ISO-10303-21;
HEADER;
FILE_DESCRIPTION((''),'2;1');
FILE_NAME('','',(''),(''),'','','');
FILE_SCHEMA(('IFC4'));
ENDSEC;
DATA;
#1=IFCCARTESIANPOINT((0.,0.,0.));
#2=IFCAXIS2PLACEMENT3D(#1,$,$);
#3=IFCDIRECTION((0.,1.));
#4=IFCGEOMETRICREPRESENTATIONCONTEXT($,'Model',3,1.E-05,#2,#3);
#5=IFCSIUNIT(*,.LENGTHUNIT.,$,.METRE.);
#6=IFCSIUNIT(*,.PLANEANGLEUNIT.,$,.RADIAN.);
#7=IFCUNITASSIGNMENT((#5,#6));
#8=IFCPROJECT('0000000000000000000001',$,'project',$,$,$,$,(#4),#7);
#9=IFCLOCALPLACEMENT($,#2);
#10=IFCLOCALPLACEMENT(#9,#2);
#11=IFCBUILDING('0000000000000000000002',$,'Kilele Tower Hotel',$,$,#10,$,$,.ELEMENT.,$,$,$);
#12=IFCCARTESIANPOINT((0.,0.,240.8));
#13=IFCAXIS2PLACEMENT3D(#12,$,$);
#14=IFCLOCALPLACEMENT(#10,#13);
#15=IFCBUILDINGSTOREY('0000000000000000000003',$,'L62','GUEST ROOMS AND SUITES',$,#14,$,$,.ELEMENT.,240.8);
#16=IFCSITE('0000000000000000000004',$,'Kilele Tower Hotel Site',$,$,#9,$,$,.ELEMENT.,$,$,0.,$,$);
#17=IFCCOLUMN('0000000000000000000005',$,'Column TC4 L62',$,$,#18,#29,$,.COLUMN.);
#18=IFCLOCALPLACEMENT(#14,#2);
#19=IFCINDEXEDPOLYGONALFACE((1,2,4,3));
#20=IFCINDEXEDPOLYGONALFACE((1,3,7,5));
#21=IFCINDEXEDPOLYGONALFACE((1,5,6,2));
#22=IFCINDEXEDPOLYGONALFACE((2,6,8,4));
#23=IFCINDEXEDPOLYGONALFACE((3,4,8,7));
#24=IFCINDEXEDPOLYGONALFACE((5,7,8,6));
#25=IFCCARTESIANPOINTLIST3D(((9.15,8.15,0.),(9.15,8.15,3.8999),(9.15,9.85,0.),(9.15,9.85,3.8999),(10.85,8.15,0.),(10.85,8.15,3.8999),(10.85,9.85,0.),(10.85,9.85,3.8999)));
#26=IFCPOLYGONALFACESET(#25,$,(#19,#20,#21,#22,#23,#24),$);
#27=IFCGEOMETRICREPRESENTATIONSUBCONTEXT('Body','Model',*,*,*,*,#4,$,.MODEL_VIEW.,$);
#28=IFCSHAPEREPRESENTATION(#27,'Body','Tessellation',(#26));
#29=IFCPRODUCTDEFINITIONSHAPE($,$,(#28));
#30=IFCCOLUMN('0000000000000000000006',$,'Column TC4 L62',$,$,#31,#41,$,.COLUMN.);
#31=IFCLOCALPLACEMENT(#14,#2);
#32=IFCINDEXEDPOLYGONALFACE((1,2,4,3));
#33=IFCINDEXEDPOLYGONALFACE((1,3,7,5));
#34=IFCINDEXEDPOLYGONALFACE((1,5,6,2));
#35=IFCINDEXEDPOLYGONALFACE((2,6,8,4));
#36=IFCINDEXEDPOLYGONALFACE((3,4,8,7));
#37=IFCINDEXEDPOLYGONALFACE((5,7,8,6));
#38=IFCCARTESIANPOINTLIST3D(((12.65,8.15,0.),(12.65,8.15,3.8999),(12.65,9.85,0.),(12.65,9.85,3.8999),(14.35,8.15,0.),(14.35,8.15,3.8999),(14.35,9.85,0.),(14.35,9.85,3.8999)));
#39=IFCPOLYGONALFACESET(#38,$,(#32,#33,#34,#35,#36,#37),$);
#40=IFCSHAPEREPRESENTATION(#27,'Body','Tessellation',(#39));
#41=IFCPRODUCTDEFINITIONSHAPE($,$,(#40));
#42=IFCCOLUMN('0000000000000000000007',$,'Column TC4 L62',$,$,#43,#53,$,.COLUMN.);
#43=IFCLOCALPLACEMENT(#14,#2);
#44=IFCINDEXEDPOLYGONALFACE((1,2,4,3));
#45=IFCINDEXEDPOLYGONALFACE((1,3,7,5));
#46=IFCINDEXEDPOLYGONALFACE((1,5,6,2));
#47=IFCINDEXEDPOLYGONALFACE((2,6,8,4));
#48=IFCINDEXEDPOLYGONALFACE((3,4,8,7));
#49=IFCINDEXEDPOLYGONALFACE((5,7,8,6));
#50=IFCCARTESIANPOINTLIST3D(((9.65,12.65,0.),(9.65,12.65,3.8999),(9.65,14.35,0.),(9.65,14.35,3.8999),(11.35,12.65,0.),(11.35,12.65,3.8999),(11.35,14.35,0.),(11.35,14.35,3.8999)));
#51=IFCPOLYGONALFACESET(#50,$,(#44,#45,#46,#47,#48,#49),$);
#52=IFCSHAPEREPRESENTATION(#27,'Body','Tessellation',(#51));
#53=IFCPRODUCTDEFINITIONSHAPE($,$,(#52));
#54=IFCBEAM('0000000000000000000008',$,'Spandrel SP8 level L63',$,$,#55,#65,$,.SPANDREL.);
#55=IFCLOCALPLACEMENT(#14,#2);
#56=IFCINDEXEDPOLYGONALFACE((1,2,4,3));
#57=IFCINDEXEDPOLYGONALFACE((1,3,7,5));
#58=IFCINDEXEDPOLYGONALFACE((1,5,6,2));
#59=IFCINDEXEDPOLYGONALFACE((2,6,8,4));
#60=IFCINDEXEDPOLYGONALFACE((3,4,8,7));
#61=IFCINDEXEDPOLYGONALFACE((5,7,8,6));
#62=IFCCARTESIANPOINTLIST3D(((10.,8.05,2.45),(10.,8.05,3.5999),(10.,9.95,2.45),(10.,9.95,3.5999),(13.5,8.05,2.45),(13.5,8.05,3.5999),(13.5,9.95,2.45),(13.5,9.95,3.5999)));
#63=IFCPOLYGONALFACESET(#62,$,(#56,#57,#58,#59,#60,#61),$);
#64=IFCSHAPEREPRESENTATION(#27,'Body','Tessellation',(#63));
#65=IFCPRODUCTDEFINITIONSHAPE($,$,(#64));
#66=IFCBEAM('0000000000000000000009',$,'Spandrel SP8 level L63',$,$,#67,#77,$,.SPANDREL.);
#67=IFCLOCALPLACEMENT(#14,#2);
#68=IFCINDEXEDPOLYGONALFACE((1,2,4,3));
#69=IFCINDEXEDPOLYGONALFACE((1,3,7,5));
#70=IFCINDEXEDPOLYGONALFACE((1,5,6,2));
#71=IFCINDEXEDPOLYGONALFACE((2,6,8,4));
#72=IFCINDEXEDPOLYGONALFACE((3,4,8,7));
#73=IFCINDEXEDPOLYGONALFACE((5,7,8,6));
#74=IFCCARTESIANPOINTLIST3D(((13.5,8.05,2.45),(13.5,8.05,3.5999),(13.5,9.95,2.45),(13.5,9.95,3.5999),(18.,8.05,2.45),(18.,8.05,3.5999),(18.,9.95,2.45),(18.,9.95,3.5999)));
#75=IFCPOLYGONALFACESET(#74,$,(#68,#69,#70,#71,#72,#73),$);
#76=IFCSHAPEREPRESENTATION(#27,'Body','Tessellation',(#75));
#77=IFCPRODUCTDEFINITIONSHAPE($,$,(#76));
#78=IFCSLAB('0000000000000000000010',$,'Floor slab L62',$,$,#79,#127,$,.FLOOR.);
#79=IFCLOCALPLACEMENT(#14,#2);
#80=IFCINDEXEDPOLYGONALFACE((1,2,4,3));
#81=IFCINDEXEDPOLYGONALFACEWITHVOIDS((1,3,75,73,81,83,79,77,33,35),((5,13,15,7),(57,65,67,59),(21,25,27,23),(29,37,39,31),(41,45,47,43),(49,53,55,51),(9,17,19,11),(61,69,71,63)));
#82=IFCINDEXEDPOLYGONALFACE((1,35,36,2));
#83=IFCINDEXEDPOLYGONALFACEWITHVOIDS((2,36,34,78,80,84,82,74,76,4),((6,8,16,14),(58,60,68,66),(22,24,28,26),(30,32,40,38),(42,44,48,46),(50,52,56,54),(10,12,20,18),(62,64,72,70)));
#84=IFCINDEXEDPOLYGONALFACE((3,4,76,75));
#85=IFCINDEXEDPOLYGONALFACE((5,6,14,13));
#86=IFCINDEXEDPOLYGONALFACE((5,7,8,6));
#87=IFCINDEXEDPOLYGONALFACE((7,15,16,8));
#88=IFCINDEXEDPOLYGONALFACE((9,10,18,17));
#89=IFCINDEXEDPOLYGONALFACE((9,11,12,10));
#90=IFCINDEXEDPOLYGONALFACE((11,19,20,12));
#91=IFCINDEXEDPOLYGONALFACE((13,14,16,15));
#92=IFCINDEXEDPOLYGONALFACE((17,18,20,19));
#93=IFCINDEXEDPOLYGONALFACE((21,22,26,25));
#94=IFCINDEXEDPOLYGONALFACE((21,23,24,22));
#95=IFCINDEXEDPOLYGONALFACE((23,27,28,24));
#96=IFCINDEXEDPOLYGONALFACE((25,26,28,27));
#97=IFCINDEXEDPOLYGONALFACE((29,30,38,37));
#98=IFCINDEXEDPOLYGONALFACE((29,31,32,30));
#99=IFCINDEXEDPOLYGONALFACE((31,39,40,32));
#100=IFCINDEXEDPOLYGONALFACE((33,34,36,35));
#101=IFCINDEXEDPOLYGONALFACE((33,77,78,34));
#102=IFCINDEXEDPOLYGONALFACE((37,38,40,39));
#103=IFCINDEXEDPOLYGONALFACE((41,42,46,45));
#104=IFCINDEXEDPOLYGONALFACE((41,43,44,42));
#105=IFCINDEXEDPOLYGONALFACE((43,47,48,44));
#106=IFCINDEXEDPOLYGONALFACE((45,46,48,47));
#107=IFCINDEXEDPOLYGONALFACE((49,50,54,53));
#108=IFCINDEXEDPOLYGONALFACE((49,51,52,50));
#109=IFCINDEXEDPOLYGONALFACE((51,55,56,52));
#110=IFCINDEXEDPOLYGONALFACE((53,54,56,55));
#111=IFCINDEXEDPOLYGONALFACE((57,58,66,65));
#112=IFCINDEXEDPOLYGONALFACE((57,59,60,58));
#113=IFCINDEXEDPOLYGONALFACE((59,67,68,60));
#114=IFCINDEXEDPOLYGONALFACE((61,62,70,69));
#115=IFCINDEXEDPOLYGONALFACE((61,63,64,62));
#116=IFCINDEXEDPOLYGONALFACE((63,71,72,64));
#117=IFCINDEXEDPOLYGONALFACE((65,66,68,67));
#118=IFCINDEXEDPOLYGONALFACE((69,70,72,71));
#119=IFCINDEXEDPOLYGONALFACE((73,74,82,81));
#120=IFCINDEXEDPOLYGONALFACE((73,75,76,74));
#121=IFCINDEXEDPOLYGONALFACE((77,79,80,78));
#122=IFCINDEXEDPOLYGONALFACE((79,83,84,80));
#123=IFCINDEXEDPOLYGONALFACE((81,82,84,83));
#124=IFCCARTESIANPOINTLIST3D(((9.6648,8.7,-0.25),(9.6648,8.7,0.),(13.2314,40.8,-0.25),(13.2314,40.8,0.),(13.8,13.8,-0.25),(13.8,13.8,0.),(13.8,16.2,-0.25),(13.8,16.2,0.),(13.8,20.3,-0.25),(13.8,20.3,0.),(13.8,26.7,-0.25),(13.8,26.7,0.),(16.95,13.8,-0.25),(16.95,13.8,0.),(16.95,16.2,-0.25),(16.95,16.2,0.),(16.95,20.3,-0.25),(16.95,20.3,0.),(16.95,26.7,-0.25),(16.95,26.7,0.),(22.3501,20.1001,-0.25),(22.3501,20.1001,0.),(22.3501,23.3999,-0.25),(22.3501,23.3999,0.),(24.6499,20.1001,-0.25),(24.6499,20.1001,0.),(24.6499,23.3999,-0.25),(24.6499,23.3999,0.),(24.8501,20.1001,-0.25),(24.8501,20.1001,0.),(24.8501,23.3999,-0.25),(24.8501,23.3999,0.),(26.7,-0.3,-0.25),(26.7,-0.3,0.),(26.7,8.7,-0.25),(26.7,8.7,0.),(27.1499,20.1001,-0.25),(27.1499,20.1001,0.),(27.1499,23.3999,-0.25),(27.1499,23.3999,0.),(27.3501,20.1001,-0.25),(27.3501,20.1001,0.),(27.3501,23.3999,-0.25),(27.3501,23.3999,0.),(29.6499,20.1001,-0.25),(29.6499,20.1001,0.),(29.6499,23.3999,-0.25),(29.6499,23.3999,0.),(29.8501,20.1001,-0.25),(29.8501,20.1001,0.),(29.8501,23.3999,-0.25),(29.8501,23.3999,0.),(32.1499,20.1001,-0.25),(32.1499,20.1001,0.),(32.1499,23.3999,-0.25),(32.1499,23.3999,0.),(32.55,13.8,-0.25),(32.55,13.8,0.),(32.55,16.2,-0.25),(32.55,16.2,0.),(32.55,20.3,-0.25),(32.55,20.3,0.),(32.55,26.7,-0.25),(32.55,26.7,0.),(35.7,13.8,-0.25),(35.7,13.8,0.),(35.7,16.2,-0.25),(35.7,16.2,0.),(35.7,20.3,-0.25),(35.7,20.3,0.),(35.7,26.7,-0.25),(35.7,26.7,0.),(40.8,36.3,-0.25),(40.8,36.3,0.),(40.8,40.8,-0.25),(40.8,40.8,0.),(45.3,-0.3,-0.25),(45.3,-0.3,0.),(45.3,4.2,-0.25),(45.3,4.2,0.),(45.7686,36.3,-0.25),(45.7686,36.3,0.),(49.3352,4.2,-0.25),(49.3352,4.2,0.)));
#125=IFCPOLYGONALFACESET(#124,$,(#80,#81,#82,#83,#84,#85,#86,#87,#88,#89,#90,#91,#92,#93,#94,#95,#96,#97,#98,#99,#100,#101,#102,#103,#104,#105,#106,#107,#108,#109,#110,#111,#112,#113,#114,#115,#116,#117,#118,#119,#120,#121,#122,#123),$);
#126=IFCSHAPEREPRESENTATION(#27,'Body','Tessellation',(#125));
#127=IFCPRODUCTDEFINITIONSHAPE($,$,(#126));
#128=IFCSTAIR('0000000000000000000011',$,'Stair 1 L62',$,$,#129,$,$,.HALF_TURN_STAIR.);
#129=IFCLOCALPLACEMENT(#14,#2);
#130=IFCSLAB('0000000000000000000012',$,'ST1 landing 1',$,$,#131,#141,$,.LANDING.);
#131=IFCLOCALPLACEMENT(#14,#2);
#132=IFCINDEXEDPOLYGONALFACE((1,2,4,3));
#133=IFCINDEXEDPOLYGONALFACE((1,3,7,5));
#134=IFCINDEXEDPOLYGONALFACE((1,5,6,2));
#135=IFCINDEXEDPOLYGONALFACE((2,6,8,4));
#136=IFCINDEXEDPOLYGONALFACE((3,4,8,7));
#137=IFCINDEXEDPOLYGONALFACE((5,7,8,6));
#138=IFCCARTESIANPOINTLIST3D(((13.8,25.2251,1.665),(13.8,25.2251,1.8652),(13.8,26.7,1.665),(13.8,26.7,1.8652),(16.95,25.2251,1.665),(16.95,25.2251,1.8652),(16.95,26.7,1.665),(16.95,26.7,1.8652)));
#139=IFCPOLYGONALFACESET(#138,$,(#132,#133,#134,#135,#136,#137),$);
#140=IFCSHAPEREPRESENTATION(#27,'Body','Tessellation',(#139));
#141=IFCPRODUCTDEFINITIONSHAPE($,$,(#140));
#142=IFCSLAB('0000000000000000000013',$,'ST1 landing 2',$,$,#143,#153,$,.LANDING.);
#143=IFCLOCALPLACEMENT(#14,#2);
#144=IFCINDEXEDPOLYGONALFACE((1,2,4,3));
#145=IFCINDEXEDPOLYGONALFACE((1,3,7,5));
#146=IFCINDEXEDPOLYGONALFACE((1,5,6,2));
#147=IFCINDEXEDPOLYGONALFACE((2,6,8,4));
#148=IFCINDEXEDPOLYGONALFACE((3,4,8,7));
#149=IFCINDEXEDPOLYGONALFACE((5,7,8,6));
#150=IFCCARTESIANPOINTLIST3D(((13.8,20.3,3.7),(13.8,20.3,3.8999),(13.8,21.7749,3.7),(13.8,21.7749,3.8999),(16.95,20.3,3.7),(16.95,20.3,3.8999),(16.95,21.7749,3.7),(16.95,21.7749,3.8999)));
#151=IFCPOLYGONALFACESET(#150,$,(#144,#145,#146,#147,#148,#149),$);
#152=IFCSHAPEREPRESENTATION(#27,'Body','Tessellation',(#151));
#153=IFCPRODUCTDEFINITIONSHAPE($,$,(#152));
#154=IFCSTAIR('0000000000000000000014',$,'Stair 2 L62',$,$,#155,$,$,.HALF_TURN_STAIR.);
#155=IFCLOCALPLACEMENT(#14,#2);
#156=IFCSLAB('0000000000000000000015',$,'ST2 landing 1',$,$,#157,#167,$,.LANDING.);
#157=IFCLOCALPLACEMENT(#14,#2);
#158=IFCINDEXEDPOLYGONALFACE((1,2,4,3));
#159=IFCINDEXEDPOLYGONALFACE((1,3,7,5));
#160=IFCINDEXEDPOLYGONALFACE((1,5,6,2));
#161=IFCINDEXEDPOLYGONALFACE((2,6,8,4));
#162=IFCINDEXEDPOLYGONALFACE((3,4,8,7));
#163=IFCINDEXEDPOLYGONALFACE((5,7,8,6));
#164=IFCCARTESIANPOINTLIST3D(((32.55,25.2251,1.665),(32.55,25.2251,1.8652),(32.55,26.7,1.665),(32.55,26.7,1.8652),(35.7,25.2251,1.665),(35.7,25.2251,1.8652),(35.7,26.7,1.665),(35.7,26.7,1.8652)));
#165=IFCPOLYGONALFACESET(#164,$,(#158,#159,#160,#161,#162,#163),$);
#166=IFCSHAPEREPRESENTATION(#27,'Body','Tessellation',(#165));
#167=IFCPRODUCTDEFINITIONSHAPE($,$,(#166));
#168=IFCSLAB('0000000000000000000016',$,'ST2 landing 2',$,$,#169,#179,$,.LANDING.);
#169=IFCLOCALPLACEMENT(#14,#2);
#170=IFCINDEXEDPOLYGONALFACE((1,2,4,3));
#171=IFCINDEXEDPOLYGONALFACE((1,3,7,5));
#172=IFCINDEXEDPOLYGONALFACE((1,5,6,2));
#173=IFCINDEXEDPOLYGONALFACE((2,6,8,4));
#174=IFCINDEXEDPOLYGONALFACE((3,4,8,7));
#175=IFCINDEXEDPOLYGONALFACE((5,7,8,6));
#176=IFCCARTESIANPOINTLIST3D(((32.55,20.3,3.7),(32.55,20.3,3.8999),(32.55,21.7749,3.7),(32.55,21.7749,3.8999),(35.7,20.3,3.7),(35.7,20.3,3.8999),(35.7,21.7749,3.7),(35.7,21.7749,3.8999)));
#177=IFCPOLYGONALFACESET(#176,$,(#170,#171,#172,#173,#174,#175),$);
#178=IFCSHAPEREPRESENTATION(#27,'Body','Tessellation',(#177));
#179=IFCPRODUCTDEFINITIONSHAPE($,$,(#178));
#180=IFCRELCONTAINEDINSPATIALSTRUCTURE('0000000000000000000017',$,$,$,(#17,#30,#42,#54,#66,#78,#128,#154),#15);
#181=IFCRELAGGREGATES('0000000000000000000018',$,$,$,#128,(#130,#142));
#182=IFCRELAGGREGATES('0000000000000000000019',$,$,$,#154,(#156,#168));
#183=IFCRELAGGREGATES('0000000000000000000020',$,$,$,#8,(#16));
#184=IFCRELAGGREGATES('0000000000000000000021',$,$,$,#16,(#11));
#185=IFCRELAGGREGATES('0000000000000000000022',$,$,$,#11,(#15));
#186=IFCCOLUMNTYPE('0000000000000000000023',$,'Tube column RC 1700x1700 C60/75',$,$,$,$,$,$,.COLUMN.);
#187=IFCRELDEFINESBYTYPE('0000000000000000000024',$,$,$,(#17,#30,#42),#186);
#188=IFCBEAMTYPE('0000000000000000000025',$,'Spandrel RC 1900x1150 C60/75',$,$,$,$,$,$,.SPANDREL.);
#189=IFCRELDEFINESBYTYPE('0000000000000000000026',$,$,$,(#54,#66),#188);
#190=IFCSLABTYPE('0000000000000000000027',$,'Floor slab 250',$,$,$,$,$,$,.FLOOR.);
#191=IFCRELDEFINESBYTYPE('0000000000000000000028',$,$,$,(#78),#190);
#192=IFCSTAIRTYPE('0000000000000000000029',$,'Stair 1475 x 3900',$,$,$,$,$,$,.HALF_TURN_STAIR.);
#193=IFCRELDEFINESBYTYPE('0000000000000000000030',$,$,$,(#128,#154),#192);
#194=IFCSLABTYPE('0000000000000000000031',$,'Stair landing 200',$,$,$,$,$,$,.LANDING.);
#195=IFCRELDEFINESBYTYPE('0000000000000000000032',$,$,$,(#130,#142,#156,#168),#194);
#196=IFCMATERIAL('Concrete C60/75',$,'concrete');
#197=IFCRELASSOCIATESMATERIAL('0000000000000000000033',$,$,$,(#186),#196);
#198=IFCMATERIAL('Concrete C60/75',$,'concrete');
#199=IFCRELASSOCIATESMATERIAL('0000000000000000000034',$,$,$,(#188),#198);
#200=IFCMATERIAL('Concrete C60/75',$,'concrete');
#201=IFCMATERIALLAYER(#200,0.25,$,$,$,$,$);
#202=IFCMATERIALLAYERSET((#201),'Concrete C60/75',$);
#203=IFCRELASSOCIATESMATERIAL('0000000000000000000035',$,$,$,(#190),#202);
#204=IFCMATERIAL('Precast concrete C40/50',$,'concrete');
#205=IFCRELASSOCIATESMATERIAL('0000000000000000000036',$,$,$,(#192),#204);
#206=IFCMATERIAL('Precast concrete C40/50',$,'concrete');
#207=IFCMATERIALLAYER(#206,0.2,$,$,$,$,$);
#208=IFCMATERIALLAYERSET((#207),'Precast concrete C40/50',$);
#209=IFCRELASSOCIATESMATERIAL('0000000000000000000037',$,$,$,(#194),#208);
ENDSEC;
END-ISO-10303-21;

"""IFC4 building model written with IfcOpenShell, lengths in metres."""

from ifc_helpers import new_model, si_unit, direction, frame, origin, origin_2d, place, context, subcontext, project, spatial, polyline, rectangle, outline, extrude, material, layer, layer_set, material_profile, profile_set, type_object, element, aggregate, save


model = new_model("IFC4")

# Units and contexts
model_context = context("Model", 3, precision=1e-05, world=origin(), true_north=direction((0.0, 1.0)))
body_context = subcontext(model_context, "Body", "Model", "MODEL_VIEW")
ifc_project = project(units=[si_unit("LENGTHUNIT", "METRE"), si_unit("PLANEANGLEUNIT", "RADIAN")], contexts=[model_context])

# Site, building, storey
site_placement = place(None, origin())
site = spatial("IfcSite", under=ifc_project, at=site_placement, Name="Kilele Tower Hotel Site", CompositionType="ELEMENT", RefElevation=0.0)
building_placement = place(site_placement, origin())
building = spatial("IfcBuilding", under=site, at=building_placement, Name="Kilele Tower Hotel", CompositionType="ELEMENT")
storey_placement = place(building_placement, frame((0.0, 0.0, 240.8)))
storey = spatial("IfcBuildingStorey", under=building, at=storey_placement, Name="L62", Description="GUEST ROOMS AND SUITES", CompositionType="ELEMENT", Elevation=240.8)

# Columns
ifc_material_1 = material(Name="Concrete C60/75", Category="concrete")
ifc_material_profile_1 = material_profile(ifc_material_1, rectangle(XDim=1.7, YDim=1.7, at=origin_2d()))
ifc_profile_set_1 = profile_set([ifc_material_profile_1], Name="Concrete C60/75")
column_type = type_object("IfcColumnType", Name="Tube column RC 1700x1700 C60/75", PredefinedType="COLUMN", material=ifc_profile_set_1)
for number, where, z_axis, x_axis, name in (
    (1, (10.0, 9.0, 0.0), (0.0, 0.0, 1.0), (1.0, 0.0, 0.0), "Column TC4 L62"),
    (2, (13.5, 9.0, 0.0), (0.0, 0.0, 1.0), (1.0, 0.0, 0.0), "Column TC4 L62"),
    (3, (10.5, 13.5, 0.0), (0.0, 0.0, 1.0), (1.0, 0.0, 0.0), "Column TC4 L62"),
):
    element("IfcColumn", number, at=place(storey_placement, frame(where, z_axis=z_axis, x_axis=x_axis)), inside=storey, type_object=column_type, Name=name, PredefinedType="COLUMN", context=body_context, shape_type="SweptSolid", body=[
        extrude(rectangle(XDim=1.7, YDim=1.7, at=origin_2d()), origin(), (0.0, 0.0, 1.0), 3.8999),
    ])

# Beams
ifc_material_2 = material(Name="Concrete C60/75", Category="concrete")
ifc_material_profile_2 = material_profile(ifc_material_2, rectangle(XDim=1.8999, YDim=1.1499, at=origin_2d()))
ifc_profile_set_2 = profile_set([ifc_material_profile_2], Name="Concrete C60/75")
beam_type = type_object("IfcBeamType", Name="Spandrel RC 1900x1150 C60/75", PredefinedType="SPANDREL", material=ifc_profile_set_2)
beam_1_placement = place(storey_placement, frame((10.0, 9.0, 3.0249), z_axis=(1.0, 0.0, 0.0), x_axis=(0.0, 1.0, 0.0)))
element("IfcBeam", 4, at=beam_1_placement, inside=storey, type_object=beam_type, Name="Spandrel SP8 level L63", PredefinedType="SPANDREL", context=body_context, shape_type="SweptSolid", body=[
    extrude(rectangle(XDim=1.8999, YDim=1.1499, at=origin_2d()), origin(), (0.0, 0.0, 1.0), 3.5),
])
beam_2_placement = place(storey_placement, frame((13.5, 9.0, 3.0249), z_axis=(1.0, 0.0, 0.0), x_axis=(0.0, 1.0, 0.0)))
element("IfcBeam", 5, at=beam_2_placement, inside=storey, type_object=beam_type, Name="Spandrel SP8 level L63", PredefinedType="SPANDREL", context=body_context, shape_type="SweptSolid", body=[
    extrude(rectangle(XDim=1.8999, YDim=1.1499, at=origin_2d()), origin(), (0.0, 0.0, 1.0), 4.5),
])

# Slab
ifc_material_3 = material(Name="Concrete C60/75", Category="concrete")
ifc_layer_1 = layer(ifc_material_3, 0.25)
ifc_layer_set_1 = layer_set([ifc_layer_1], Name="Concrete C60/75")
slab_type_1 = type_object("IfcSlabType", Name="Floor slab 250", PredefinedType="FLOOR", material=ifc_layer_set_1)
slab_1_placement = place(storey_placement, frame((0.0, 0.0, -0.25)))
element("IfcSlab", 6, at=slab_1_placement, inside=storey, type_object=slab_type_1, Name="Floor slab L62", PredefinedType="FLOOR", context=body_context, shape_type="SweptSolid", body=[
    extrude(outline(polyline([(40.8, 40.8), (40.8, 36.3), (45.7686, 36.3), (49.3352, 4.2), (45.3, 4.2), (45.3, -0.3), (26.7, -0.3), (26.7, 8.7), (9.6648, 8.7), (13.2314, 40.8), (40.8, 40.8)]), holes=[polyline([(16.95, 16.2), (13.8, 16.2), (13.8, 13.8), (16.95, 13.8), (16.95, 16.2)]), polyline([(35.7, 16.2), (32.55, 16.2), (32.55, 13.8), (35.7, 13.8), (35.7, 16.2)]), polyline([(24.6499, 23.3999), (22.3501, 23.3999), (22.3501, 20.1001), (24.6499, 20.1001), (24.6499, 23.3999)]), polyline([(27.1499, 23.3999), (24.8501, 23.3999), (24.8501, 20.1001), (27.1499, 20.1001), (27.1499, 23.3999)]), polyline([(29.6499, 23.3999), (27.3501, 23.3999), (27.3501, 20.1001), (29.6499, 20.1001), (29.6499, 23.3999)]), polyline([(32.1499, 23.3999), (29.8501, 23.3999), (29.8501, 20.1001), (32.1499, 20.1001), (32.1499, 23.3999)]), polyline([(16.95, 26.7), (13.8, 26.7), (13.8, 20.3), (16.95, 20.3), (16.95, 26.7)]), polyline([(35.7, 26.7), (32.55, 26.7), (32.55, 20.3), (35.7, 20.3), (35.7, 26.7)])]), origin(), (0.0, 0.0, 1.0), 0.25),
])

# Stairs, slabs
ifc_material_4 = material(Name="Precast concrete C40/50", Category="concrete")
stair_type = type_object("IfcStairType", Name="Stair 1475 x 3900", PredefinedType="HALF_TURN_STAIR", material=ifc_material_4)
stair_1_placement = place(storey_placement, origin())
stair_1 = element("IfcStair", 7, at=stair_1_placement, inside=storey, type_object=stair_type, Name="Stair 1 L62", PredefinedType="HALF_TURN_STAIR")
ifc_material_5 = material(Name="Precast concrete C40/50", Category="concrete")
ifc_layer_2 = layer(ifc_material_5, 0.2)
ifc_layer_set_2 = layer_set([ifc_layer_2], Name="Precast concrete C40/50")
slab_type_2 = type_object("IfcSlabType", Name="Stair landing 200", PredefinedType="LANDING", material=ifc_layer_set_2)
slab_2_placement = place(storey_placement, frame((0.0, 0.0, 1.665)))
slab_2 = element("IfcSlab", 8, at=slab_2_placement, type_object=slab_type_2, Name="ST1 landing 1", PredefinedType="LANDING", context=body_context, shape_type="SweptSolid", body=[
    extrude(outline(polyline([(13.8, 25.2251), (16.95, 25.2251), (16.95, 26.7), (13.8, 26.7), (13.8, 25.2251)])), origin(), (0.0, 0.0, 1.0), 0.2002),
])
slab_3_placement = place(storey_placement, frame((0.0, 0.0, 3.7)))
slab_3 = element("IfcSlab", 9, at=slab_3_placement, type_object=slab_type_2, Name="ST1 landing 2", PredefinedType="LANDING", context=body_context, shape_type="SweptSolid", body=[
    extrude(outline(polyline([(13.8, 20.3), (16.95, 20.3), (16.95, 21.7749), (13.8, 21.7749), (13.8, 20.3)])), origin(), (0.0, 0.0, 1.0), 0.2),
])
aggregate(stair_1, [slab_2, slab_3])
stair_2_placement = place(storey_placement, origin())
stair_2 = element("IfcStair", 10, at=stair_2_placement, inside=storey, type_object=stair_type, Name="Stair 2 L62", PredefinedType="HALF_TURN_STAIR")
slab_4_placement = place(storey_placement, frame((0.0, 0.0, 1.665)))
slab_4 = element("IfcSlab", 11, at=slab_4_placement, type_object=slab_type_2, Name="ST2 landing 1", PredefinedType="LANDING", context=body_context, shape_type="SweptSolid", body=[
    extrude(outline(polyline([(32.55, 25.2251), (35.7, 25.2251), (35.7, 26.7), (32.55, 26.7), (32.55, 25.2251)])), origin(), (0.0, 0.0, 1.0), 0.2002),
])
slab_5_placement = place(storey_placement, frame((0.0, 0.0, 3.7)))
slab_5 = element("IfcSlab", 12, at=slab_5_placement, type_object=slab_type_2, Name="ST2 landing 2", PredefinedType="LANDING", context=body_context, shape_type="SweptSolid", body=[
    extrude(outline(polyline([(32.55, 20.3), (35.7, 20.3), (35.7, 21.7749), (32.55, 21.7749), (32.55, 20.3)])), origin(), (0.0, 0.0, 1.0), 0.2),
])
aggregate(stair_2, [slab_4, slab_5])

save(model, "model.ifc")
